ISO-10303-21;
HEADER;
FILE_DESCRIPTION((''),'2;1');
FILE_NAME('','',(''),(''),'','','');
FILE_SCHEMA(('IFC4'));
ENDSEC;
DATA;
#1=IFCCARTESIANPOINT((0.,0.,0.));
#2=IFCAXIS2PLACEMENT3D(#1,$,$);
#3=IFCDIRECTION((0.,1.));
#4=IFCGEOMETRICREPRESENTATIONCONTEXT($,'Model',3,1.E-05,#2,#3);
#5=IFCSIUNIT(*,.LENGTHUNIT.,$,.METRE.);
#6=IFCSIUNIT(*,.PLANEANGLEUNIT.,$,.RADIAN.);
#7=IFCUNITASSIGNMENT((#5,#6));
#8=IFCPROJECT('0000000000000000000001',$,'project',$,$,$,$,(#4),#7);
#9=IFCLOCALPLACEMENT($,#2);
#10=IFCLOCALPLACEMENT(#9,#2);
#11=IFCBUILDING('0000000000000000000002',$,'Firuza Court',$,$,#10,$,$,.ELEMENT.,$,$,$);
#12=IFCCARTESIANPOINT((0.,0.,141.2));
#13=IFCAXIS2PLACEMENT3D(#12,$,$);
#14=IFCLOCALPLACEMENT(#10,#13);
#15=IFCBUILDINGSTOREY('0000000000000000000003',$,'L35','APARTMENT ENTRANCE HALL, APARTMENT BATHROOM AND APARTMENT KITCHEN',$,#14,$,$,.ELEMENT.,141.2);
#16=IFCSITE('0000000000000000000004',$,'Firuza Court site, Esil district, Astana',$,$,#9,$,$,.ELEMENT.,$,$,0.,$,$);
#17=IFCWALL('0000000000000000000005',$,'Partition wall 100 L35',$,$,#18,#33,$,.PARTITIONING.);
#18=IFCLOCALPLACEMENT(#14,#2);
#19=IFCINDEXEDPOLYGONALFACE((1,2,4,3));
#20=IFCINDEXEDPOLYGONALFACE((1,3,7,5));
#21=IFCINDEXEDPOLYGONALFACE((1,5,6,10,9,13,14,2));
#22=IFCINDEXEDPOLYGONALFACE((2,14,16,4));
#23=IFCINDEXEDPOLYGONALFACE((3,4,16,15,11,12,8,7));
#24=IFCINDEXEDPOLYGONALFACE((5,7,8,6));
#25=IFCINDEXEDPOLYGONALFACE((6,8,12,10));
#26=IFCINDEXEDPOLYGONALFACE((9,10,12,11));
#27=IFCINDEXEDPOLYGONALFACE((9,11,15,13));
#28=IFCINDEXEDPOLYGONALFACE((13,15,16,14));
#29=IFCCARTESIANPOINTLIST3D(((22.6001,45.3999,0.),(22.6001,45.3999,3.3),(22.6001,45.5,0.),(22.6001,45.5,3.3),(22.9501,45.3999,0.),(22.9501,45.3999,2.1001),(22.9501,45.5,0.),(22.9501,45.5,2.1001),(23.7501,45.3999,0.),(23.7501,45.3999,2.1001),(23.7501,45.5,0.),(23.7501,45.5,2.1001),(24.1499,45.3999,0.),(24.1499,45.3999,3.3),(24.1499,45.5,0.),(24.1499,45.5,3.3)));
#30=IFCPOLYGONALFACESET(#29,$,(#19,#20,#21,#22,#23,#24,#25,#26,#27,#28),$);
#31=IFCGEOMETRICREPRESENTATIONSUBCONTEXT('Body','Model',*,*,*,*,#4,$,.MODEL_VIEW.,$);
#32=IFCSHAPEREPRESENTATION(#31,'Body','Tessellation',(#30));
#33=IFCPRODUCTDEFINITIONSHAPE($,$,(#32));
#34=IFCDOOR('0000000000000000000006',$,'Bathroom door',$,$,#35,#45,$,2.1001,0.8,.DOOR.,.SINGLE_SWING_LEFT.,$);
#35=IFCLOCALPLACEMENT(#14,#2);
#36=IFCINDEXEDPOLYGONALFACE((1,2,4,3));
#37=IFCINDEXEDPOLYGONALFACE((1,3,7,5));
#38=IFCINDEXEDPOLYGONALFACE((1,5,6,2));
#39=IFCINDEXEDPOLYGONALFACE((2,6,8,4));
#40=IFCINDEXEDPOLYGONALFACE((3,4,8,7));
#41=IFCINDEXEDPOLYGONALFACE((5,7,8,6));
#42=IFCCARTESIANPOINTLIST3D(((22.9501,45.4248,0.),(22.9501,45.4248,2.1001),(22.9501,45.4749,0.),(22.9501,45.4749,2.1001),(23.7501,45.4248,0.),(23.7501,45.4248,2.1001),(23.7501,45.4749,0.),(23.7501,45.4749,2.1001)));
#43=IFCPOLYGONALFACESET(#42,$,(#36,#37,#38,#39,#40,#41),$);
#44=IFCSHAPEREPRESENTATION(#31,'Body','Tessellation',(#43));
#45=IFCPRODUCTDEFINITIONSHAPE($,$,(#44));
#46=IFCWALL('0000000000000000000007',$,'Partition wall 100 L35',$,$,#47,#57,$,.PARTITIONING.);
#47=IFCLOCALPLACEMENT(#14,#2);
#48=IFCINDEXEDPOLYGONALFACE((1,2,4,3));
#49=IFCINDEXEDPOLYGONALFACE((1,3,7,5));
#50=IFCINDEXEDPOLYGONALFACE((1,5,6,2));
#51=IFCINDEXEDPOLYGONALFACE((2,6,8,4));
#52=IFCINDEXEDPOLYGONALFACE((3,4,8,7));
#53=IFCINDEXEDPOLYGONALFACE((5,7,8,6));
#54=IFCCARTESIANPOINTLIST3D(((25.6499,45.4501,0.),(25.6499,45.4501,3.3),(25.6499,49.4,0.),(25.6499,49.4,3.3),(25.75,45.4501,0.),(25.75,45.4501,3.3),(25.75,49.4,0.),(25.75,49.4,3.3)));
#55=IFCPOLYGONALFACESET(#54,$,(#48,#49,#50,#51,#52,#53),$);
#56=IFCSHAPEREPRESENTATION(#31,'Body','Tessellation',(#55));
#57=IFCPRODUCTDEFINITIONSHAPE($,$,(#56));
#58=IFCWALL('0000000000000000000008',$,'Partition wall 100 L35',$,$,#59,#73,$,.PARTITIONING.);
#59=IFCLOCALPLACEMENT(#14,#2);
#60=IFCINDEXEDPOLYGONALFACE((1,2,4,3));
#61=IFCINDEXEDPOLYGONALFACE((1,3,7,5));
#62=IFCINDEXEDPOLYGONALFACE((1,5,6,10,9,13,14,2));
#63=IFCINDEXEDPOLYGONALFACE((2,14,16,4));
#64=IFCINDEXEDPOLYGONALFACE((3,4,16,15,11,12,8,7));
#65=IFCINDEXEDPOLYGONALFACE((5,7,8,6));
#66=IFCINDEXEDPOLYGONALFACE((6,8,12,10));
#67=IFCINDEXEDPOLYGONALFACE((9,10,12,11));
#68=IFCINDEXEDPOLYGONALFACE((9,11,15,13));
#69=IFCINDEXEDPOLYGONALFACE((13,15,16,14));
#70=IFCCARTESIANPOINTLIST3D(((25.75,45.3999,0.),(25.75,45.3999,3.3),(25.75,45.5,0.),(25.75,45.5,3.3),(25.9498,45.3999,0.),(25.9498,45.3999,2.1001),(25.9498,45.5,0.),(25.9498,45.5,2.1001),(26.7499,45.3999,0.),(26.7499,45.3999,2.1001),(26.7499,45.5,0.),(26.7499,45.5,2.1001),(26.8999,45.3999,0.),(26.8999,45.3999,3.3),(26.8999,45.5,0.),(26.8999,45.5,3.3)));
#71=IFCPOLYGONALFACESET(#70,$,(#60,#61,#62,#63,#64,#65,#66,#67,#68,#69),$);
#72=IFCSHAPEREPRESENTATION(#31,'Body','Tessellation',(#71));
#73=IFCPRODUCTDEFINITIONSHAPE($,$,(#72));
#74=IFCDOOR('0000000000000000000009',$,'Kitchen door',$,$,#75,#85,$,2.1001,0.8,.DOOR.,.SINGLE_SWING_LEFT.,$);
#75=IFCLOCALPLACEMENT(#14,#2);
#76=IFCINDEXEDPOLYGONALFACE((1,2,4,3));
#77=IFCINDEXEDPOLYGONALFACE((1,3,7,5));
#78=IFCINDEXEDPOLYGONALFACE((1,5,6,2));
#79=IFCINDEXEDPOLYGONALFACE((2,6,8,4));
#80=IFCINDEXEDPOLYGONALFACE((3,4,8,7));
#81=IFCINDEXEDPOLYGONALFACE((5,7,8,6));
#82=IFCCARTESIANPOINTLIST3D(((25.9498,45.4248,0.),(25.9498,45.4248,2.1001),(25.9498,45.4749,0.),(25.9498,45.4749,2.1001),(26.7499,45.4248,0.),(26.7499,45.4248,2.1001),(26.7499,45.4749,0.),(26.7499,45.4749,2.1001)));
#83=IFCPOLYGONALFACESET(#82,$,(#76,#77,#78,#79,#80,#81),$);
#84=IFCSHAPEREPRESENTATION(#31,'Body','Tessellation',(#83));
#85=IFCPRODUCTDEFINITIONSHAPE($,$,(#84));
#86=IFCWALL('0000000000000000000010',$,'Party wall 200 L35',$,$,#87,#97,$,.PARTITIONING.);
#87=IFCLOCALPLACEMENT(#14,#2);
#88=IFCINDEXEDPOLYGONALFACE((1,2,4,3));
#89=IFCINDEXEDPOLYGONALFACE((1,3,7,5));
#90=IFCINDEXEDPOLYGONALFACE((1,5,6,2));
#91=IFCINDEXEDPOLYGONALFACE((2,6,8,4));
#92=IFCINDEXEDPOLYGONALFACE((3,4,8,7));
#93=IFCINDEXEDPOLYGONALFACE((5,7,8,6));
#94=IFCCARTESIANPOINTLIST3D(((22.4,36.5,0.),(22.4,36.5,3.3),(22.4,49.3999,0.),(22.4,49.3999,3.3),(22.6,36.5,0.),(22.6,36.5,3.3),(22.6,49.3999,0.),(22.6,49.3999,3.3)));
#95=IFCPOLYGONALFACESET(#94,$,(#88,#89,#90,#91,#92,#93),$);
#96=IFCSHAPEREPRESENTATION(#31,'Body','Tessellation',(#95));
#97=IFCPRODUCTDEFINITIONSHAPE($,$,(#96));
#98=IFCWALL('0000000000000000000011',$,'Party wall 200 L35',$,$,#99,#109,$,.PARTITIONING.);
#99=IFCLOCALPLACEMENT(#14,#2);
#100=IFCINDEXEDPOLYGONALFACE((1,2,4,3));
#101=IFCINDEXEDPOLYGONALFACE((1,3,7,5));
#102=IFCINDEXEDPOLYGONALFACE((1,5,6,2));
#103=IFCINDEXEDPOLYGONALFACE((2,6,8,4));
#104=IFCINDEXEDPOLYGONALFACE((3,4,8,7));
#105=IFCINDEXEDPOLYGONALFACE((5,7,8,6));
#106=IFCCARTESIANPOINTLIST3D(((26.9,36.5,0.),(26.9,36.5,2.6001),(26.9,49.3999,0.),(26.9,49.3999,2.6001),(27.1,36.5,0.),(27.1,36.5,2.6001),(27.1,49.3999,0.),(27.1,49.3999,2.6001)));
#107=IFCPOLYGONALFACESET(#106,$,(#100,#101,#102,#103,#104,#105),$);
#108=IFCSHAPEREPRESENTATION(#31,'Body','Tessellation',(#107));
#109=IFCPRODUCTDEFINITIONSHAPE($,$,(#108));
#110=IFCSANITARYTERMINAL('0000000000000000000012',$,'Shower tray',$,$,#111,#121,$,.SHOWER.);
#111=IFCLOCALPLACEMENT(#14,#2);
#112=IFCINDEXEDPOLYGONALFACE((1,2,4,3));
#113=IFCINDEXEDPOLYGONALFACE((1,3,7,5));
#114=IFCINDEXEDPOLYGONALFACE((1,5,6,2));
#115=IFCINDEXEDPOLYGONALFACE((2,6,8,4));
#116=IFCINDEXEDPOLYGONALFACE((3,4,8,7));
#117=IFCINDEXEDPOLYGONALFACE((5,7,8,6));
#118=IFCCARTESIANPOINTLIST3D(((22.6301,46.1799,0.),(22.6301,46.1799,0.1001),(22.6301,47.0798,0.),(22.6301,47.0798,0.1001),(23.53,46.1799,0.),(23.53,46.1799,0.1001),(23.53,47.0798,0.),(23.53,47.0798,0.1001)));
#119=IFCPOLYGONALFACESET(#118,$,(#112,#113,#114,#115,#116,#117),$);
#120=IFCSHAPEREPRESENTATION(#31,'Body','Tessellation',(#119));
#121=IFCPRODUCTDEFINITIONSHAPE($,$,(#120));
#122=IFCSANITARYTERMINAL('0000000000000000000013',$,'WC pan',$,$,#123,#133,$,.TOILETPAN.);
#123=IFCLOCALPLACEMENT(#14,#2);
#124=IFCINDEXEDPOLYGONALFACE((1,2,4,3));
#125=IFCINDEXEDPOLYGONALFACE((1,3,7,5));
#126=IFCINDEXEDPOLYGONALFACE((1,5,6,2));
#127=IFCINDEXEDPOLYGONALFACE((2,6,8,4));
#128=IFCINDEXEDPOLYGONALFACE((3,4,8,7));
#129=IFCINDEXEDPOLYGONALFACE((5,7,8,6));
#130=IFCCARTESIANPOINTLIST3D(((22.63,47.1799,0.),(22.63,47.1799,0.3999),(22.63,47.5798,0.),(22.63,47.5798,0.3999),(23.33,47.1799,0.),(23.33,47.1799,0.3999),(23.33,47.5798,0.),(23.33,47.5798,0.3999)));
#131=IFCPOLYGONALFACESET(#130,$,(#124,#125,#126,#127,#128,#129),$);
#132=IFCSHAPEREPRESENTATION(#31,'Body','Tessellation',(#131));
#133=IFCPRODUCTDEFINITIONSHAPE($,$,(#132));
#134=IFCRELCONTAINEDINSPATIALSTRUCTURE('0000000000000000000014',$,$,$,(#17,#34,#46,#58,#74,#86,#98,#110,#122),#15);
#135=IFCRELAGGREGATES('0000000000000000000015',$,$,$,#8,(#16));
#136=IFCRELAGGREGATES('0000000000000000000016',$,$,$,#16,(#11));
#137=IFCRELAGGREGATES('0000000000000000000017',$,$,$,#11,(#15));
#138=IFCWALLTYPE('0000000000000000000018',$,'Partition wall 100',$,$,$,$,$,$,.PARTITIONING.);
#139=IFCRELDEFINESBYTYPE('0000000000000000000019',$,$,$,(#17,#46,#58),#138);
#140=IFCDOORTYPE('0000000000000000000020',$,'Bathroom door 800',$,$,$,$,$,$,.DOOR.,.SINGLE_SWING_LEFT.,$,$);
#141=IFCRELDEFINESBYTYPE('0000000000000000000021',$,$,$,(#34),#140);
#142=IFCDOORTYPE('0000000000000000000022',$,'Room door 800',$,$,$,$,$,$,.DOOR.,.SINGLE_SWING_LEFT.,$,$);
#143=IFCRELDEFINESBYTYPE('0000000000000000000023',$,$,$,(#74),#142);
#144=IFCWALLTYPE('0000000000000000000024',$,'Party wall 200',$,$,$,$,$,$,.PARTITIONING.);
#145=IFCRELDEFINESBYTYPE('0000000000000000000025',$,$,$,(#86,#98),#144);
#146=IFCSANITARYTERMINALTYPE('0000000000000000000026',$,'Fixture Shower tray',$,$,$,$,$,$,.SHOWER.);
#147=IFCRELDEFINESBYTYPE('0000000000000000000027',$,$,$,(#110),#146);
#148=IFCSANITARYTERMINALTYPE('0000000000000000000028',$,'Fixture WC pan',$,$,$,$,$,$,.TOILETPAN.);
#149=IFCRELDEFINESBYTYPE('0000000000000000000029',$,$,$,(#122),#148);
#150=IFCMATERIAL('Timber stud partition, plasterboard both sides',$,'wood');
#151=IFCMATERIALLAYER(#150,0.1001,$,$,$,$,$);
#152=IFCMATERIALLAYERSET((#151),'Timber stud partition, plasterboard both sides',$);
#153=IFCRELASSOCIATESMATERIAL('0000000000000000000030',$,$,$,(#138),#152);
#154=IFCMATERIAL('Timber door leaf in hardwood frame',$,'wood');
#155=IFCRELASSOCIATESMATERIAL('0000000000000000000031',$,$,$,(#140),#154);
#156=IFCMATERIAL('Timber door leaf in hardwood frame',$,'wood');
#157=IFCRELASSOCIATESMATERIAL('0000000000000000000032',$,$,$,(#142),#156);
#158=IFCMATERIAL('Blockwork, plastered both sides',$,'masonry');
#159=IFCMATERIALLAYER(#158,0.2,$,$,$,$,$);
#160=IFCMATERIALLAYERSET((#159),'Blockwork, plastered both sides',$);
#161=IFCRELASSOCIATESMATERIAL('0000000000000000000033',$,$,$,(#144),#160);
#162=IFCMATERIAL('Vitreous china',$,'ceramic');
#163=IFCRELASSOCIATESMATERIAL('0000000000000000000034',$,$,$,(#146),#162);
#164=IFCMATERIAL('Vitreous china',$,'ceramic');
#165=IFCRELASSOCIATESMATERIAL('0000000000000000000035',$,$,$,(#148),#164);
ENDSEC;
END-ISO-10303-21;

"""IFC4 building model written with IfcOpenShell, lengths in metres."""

from ifc_helpers import new_model, si_unit, direction, frame, frame_2d, origin, origin_2d, place, context, subcontext, project, spatial, rectangle, extrude, material, layer, layer_set, type_object, element, fill, save


model = new_model("IFC4")

# Units and contexts
model_context = context("Model", 3, precision=1e-05, world=origin(), true_north=direction((0.0, 1.0)))
body_context = subcontext(model_context, "Body", "Model", "MODEL_VIEW")
ifc_project = project(units=[si_unit("LENGTHUNIT", "METRE"), si_unit("PLANEANGLEUNIT", "RADIAN")], contexts=[model_context])

# Site, building, storey
site_placement = place(None, origin())
site = spatial("IfcSite", under=ifc_project, at=site_placement, Name="Firuza Court site, Esil district, Astana", CompositionType="ELEMENT", RefElevation=0.0)
building_placement = place(site_placement, origin())
building = spatial("IfcBuilding", under=site, at=building_placement, Name="Firuza Court", CompositionType="ELEMENT")
storey_placement = place(building_placement, frame((0.0, 0.0, 141.2)))
storey = spatial("IfcBuildingStorey", under=building, at=storey_placement, Name="L35", Description="APARTMENT ENTRANCE HALL, APARTMENT BATHROOM AND APARTMENT KITCHEN", CompositionType="ELEMENT", Elevation=141.2)

# Wall, opening, door
ifc_material_1 = material(Name="Blockwork, plastered both sides", Category="masonry")
ifc_material_2 = material(Name="Timber stud partition, plasterboard both sides", Category="wood")
ifc_layer_1 = layer(ifc_material_2, 0.1001)
ifc_layer_set_1 = layer_set([ifc_layer_1], Name="Timber stud partition, plasterboard both sides")
wall_type_1 = type_object("IfcWallType", Name="Partition wall 100", PredefinedType="PARTITIONING", material=ifc_layer_set_1)
wall_1_placement = place(storey_placement, frame((22.6001, 45.45, 0.0), z_axis=(0.0, 0.0, 1.0), x_axis=(1.0, 0.0, 0.0)))
wall_1 = element("IfcWall", 1, at=wall_1_placement, inside=storey, type_object=wall_type_1, Name="Partition wall 100 L35", PredefinedType="PARTITIONING", context=body_context, shape_type="SweptSolid", body=[
    extrude(rectangle(XDim=1.5498, YDim=0.1001, at=frame_2d((0.7749, 0.0))), origin(), (0.0, 0.0, 1.0), 3.3),
])
opening_1_placement = place(wall_1_placement, frame((0.3501, 0.0, 0.0)))
opening_1 = element("IfcOpeningElement", 2, at=opening_1_placement, cuts=wall_1, PredefinedType="OPENING", context=body_context, shape_type="SweptSolid", body=[
    extrude(rectangle(XDim=0.8, YDim=2.1001, at=frame_2d((0.3999, 1.05))), frame((0.0, 0.062, 0.0), z_axis=(0.0, -1.0, 0.0), x_axis=(1.0, 0.0, 0.0)), (0.0, 0.0, 1.0), 0.124),
])
ifc_material_3 = material(Name="Timber door leaf in hardwood frame", Category="wood")
door_type_1 = type_object("IfcDoorType", Name="Bathroom door 800", OperationType="SINGLE_SWING_LEFT", PredefinedType="DOOR", material=ifc_material_3)
door_1_placement = place(opening_1_placement, origin())
door_1 = element("IfcDoor", 3, at=door_1_placement, inside=storey, type_object=door_type_1, Name="Bathroom door", OperationType="SINGLE_SWING_LEFT", OverallHeight=2.1001, OverallWidth=0.8, PredefinedType="DOOR", context=body_context, shape_type="SweptSolid", body=[
    extrude(rectangle(XDim=0.8, YDim=2.1001, at=frame_2d((0.3999, 1.05))), frame((0.0, 0.0249, 0.0), z_axis=(0.0, -1.0, 0.0), x_axis=(1.0, 0.0, 0.0)), (0.0, 0.0, 1.0), 0.05),
])
fill(opening_1, door_1)

# Wall
wall_2_placement = place(storey_placement, frame((25.7, 45.45, 0.0), z_axis=(0.0, 0.0, 1.0), x_axis=(0.0, 1.0, 0.0)))
element("IfcWall", 4, at=wall_2_placement, inside=storey, type_object=wall_type_1, Name="Partition wall 100 L35", PredefinedType="PARTITIONING", context=body_context, shape_type="SweptSolid", body=[
    extrude(rectangle(XDim=3.95, YDim=0.1001, at=frame_2d((1.9751, 0.0))), origin(), (0.0, 0.0, 1.0), 3.3),
])

# Wall, opening, door
wall_3_placement = place(storey_placement, frame((25.75, 45.45, 0.0), z_axis=(0.0, 0.0, 1.0), x_axis=(1.0, 0.0, 0.0)))
wall_3 = element("IfcWall", 5, at=wall_3_placement, inside=storey, type_object=wall_type_1, Name="Partition wall 100 L35", PredefinedType="PARTITIONING", context=body_context, shape_type="SweptSolid", body=[
    extrude(rectangle(XDim=1.1499, YDim=0.1001, at=frame_2d((0.575, 0.0))), origin(), (0.0, 0.0, 1.0), 3.3),
])
opening_2_placement = place(wall_3_placement, frame((0.2, 0.0, 0.0)))
opening_2 = element("IfcOpeningElement", 6, at=opening_2_placement, cuts=wall_3, PredefinedType="OPENING", context=body_context, shape_type="SweptSolid", body=[
    extrude(rectangle(XDim=0.8, YDim=2.1001, at=frame_2d((0.3999, 1.05))), frame((0.0, 0.062, 0.0), z_axis=(0.0, -1.0, 0.0), x_axis=(1.0, 0.0, 0.0)), (0.0, 0.0, 1.0), 0.124),
])
ifc_material_4 = material(Name="Timber door leaf in hardwood frame", Category="wood")
door_type_2 = type_object("IfcDoorType", Name="Room door 800", OperationType="SINGLE_SWING_LEFT", PredefinedType="DOOR", material=ifc_material_4)
door_2_placement = place(opening_2_placement, origin())
door_2 = element("IfcDoor", 7, at=door_2_placement, inside=storey, type_object=door_type_2, Name="Kitchen door", OperationType="SINGLE_SWING_LEFT", OverallHeight=2.1001, OverallWidth=0.8, PredefinedType="DOOR", context=body_context, shape_type="SweptSolid", body=[
    extrude(rectangle(XDim=0.8, YDim=2.1001, at=frame_2d((0.3999, 1.05))), frame((0.0, 0.0249, 0.0), z_axis=(0.0, -1.0, 0.0), x_axis=(1.0, 0.0, 0.0)), (0.0, 0.0, 1.0), 0.05),
])
fill(opening_2, door_2)

# Walls
ifc_layer_2 = layer(ifc_material_1, 0.2)
ifc_layer_set_2 = layer_set([ifc_layer_2], Name="Blockwork, plastered both sides")
wall_type_2 = type_object("IfcWallType", Name="Party wall 200", PredefinedType="PARTITIONING", material=ifc_layer_set_2)
wall_4_placement = place(storey_placement, frame((22.5, 36.5, 0.0), z_axis=(0.0, 0.0, 1.0), x_axis=(0.0, 1.0, 0.0)))
element("IfcWall", 8, at=wall_4_placement, inside=storey, type_object=wall_type_2, Name="Party wall 200 L35", PredefinedType="PARTITIONING", context=body_context, shape_type="SweptSolid", body=[
    extrude(rectangle(XDim=12.8999, YDim=0.2, at=frame_2d((6.45, 0.0))), origin(), (0.0, 0.0, 1.0), 3.3),
])
wall_5_placement = place(storey_placement, frame((27.0, 36.5, 0.0), z_axis=(0.0, 0.0, 1.0), x_axis=(0.0, 1.0, 0.0)))
element("IfcWall", 9, at=wall_5_placement, inside=storey, type_object=wall_type_2, Name="Party wall 200 L35", PredefinedType="PARTITIONING", context=body_context, shape_type="SweptSolid", body=[
    extrude(rectangle(XDim=12.8999, YDim=0.2, at=frame_2d((6.45, 0.0))), origin(), (0.0, 0.0, 1.0), 2.6001),
])

# Sanitary terminals
ifc_material_5 = material(Name="Vitreous china", Category="ceramic")
sanitary_terminal_type_1 = type_object("IfcSanitaryTerminalType", Name="Fixture Shower tray", PredefinedType="SHOWER", material=ifc_material_5)
sanitary_terminal_1_placement = place(storey_placement, frame((23.0801, 46.6299, 0.0), z_axis=(0.0, 0.0, 1.0), x_axis=(1.0, 0.0, 0.0)))
element("IfcSanitaryTerminal", 10, at=sanitary_terminal_1_placement, inside=storey, type_object=sanitary_terminal_type_1, Name="Shower tray", PredefinedType="SHOWER", context=body_context, shape_type="SweptSolid", body=[
    extrude(rectangle(XDim=0.8999, YDim=0.8999, at=origin_2d()), origin(), (0.0, 0.0, 1.0), 0.1001),
])
ifc_material_6 = material(Name="Vitreous china", Category="ceramic")
sanitary_terminal_type_2 = type_object("IfcSanitaryTerminalType", Name="Fixture WC pan", PredefinedType="TOILETPAN", material=ifc_material_6)
sanitary_terminal_2_placement = place(storey_placement, frame((22.98, 47.3799, 0.0), z_axis=(0.0, 0.0, 1.0), x_axis=(1.0, 0.0, 0.0)))
element("IfcSanitaryTerminal", 11, at=sanitary_terminal_2_placement, inside=storey, type_object=sanitary_terminal_type_2, Name="WC pan", PredefinedType="TOILETPAN", context=body_context, shape_type="SweptSolid", body=[
    extrude(rectangle(XDim=0.7, YDim=0.3999, at=origin_2d()), origin(), (0.0, 0.0, 1.0), 0.3999),
])

save(model, "model.ifc")
